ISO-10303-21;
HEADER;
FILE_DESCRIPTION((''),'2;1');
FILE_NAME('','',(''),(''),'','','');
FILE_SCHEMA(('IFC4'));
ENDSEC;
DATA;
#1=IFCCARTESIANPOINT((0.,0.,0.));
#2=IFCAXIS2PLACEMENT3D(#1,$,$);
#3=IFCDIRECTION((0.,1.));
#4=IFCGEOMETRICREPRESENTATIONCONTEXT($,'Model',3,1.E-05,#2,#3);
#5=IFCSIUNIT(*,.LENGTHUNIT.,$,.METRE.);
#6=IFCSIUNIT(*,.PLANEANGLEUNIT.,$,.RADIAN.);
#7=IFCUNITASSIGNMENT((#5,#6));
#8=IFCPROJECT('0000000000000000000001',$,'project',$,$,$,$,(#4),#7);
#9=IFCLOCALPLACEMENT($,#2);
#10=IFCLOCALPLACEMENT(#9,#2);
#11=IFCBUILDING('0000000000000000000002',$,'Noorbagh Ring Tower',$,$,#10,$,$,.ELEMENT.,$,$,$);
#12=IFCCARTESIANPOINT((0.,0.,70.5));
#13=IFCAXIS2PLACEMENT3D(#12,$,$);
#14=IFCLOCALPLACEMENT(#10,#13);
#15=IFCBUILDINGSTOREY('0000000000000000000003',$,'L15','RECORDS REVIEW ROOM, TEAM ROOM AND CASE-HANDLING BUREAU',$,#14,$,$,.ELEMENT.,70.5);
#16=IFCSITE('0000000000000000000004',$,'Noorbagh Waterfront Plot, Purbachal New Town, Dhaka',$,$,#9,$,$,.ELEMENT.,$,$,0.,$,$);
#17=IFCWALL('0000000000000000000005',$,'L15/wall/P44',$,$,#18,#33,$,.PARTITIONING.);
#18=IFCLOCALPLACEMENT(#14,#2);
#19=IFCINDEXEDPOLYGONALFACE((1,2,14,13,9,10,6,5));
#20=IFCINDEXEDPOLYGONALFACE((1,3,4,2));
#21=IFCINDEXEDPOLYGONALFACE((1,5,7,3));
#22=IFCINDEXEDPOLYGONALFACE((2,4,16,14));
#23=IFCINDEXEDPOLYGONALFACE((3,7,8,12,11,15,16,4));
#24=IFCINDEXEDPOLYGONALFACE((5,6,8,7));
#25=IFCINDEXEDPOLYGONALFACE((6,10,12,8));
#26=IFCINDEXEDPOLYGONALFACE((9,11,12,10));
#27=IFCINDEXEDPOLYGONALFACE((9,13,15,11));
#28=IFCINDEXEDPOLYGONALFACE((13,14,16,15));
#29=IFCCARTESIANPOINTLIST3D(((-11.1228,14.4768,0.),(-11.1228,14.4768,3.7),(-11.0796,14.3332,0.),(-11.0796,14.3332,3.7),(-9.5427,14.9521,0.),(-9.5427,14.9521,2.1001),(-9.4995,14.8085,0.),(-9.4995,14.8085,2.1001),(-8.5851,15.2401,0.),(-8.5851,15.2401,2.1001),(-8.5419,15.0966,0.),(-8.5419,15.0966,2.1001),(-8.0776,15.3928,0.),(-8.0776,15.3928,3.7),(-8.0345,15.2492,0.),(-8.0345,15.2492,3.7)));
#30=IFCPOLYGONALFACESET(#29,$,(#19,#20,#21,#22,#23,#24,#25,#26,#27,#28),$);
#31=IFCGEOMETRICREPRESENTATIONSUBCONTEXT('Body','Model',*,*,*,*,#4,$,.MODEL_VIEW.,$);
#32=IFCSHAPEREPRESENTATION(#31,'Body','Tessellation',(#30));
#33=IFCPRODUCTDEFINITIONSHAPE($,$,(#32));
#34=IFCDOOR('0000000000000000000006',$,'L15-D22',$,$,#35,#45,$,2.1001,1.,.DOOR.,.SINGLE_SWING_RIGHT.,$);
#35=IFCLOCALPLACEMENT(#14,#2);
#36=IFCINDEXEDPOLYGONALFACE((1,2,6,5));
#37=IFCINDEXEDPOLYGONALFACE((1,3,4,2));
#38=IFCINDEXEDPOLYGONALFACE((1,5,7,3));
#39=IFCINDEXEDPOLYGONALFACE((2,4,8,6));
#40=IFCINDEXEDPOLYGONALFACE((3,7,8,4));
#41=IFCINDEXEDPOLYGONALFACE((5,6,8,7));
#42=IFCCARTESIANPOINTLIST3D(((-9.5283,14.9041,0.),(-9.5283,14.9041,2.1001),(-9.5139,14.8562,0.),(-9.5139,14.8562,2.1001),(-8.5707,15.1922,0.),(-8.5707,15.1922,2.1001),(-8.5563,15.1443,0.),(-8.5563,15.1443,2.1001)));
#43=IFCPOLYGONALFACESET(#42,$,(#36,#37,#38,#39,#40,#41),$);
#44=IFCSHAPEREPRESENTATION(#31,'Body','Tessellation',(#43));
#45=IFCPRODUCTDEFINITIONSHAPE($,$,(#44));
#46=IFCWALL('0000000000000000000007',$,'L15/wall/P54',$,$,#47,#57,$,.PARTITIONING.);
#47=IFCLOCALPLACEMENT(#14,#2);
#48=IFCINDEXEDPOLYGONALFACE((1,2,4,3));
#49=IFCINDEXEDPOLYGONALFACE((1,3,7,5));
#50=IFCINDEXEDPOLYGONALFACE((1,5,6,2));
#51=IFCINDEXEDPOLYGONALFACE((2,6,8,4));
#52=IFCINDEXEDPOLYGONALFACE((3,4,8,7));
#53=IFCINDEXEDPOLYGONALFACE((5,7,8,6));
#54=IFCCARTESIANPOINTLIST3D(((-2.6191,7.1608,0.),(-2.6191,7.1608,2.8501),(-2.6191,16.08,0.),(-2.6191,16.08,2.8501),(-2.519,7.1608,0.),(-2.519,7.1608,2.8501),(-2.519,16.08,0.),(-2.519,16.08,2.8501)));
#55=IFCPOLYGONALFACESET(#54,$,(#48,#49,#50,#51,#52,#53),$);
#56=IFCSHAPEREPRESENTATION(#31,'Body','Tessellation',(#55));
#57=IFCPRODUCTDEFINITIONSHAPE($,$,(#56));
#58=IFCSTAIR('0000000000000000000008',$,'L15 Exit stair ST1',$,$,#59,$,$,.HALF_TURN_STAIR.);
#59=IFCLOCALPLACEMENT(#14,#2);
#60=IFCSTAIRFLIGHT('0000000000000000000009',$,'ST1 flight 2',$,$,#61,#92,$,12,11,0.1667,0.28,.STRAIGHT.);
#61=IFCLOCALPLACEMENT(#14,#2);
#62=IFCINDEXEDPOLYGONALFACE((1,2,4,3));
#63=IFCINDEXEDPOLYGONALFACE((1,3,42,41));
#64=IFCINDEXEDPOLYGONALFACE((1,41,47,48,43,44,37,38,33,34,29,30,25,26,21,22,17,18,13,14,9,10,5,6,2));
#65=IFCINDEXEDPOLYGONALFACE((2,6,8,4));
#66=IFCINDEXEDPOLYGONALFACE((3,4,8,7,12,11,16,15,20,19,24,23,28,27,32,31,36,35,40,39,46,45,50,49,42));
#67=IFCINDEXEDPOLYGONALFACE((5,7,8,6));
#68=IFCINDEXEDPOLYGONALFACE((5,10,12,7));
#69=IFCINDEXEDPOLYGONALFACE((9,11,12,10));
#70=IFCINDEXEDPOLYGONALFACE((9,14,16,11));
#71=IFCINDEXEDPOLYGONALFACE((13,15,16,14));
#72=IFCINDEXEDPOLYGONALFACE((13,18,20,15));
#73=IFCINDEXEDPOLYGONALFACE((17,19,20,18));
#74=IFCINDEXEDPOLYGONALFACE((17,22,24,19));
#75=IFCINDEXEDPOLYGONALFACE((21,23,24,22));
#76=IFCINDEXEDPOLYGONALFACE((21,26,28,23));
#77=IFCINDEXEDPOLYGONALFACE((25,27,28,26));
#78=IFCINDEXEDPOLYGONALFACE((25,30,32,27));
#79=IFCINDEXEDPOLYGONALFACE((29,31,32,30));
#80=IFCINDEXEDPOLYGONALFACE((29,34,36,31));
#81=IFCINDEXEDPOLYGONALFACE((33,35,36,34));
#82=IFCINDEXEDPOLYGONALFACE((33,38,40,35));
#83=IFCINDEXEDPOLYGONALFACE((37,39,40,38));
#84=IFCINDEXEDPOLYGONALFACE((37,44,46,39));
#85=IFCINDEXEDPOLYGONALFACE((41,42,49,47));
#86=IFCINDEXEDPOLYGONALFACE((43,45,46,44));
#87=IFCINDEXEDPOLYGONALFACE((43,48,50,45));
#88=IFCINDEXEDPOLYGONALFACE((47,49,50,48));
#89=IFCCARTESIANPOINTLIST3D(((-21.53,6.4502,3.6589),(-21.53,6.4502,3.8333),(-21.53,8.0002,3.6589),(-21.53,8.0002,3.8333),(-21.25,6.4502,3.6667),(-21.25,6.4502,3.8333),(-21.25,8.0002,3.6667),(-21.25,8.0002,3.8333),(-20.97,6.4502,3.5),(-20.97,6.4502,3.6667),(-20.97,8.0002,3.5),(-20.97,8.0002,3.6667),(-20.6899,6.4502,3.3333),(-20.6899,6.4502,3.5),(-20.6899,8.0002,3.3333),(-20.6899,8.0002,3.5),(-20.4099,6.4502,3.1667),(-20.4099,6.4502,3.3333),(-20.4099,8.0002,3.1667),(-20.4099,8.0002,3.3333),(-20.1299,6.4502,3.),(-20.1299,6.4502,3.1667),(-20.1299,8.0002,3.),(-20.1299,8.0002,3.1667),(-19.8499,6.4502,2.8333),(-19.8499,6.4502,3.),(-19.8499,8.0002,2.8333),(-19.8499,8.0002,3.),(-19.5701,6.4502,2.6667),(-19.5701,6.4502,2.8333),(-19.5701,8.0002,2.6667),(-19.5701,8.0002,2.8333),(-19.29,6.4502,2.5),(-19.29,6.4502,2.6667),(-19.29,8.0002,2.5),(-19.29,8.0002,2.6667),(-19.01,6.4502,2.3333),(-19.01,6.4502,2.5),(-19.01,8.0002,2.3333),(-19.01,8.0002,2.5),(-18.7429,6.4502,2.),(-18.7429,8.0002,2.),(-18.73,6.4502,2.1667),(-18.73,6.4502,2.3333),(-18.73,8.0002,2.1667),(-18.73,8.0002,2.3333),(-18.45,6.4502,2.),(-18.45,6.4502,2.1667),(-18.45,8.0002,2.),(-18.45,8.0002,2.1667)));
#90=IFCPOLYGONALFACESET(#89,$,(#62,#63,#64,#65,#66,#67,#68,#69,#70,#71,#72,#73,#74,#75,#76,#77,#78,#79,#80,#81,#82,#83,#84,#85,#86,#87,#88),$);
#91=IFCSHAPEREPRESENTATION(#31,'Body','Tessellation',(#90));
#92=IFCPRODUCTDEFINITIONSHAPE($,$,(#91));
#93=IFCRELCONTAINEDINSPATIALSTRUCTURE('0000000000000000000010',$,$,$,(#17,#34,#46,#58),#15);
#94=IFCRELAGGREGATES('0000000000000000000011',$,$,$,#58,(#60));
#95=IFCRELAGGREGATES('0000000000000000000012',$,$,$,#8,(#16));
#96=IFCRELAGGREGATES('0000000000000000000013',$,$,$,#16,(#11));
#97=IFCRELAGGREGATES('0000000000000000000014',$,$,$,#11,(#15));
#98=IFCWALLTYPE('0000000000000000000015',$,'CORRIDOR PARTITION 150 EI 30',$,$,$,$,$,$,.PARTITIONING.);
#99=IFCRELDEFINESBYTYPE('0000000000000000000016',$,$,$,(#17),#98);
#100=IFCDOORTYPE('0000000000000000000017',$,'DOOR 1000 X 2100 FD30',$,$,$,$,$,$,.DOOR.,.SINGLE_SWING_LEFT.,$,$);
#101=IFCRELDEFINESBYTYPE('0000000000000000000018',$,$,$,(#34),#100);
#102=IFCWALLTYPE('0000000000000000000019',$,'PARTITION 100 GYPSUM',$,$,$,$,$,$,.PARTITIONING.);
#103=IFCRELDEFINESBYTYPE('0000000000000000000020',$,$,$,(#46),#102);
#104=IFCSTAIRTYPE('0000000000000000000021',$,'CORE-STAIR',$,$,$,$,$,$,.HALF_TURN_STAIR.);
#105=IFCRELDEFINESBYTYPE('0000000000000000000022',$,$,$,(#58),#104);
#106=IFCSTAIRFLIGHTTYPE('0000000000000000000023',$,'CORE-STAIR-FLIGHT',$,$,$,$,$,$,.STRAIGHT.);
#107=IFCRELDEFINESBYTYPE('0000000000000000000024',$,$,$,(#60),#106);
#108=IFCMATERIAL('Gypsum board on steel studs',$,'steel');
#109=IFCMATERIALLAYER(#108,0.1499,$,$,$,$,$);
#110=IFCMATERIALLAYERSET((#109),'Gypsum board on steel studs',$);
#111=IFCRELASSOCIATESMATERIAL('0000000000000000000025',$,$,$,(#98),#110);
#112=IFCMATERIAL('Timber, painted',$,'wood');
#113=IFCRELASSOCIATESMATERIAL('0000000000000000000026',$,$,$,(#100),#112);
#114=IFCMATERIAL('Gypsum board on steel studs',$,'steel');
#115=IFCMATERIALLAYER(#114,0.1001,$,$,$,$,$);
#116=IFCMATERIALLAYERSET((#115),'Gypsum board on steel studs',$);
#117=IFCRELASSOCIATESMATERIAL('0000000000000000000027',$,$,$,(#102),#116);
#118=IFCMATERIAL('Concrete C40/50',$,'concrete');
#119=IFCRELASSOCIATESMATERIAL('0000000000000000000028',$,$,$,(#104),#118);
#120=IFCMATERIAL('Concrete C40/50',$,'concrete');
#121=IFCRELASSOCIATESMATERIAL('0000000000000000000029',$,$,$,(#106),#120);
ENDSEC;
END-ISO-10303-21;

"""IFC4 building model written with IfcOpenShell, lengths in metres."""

from ifc_helpers import new_model, si_unit, direction, frame, frame_2d, origin, place, context, subcontext, project, spatial, polyline, rectangle, outline, extrude, material, layer, layer_set, type_object, element, fill, aggregate, save


model = new_model("IFC4")

# Units and contexts
model_context = context("Model", 3, precision=1e-05, world=origin(), true_north=direction((0.0, 1.0)))
body_context = subcontext(model_context, "Body", "Model", "MODEL_VIEW")
ifc_project = project(units=[si_unit("LENGTHUNIT", "METRE"), si_unit("PLANEANGLEUNIT", "RADIAN")], contexts=[model_context])

# Site, building, storey
site_placement = place(None, origin())
site = spatial("IfcSite", under=ifc_project, at=site_placement, Name="Noorbagh Waterfront Plot, Purbachal New Town, Dhaka", CompositionType="ELEMENT", RefElevation=0.0)
building_placement = place(site_placement, origin())
building = spatial("IfcBuilding", under=site, at=building_placement, Name="Noorbagh Ring Tower", CompositionType="ELEMENT")
storey_placement = place(building_placement, frame((0.0, 0.0, 70.5)))
storey = spatial("IfcBuildingStorey", under=building, at=storey_placement, Name="L15", Description="RECORDS REVIEW ROOM, TEAM ROOM AND CASE-HANDLING BUREAU", CompositionType="ELEMENT", Elevation=70.5)

# Shared definitions
ifc_material_1 = material(Name="Gypsum board on steel studs", Category="steel")
ifc_layer_1 = layer(ifc_material_1, 0.1499)
ifc_layer_set_1 = layer_set([ifc_layer_1], Name="Gypsum board on steel studs")
wall_type_1 = type_object("IfcWallType", Name="CORRIDOR PARTITION 150 EI 30", PredefinedType="PARTITIONING", material=ifc_layer_set_1)

# Wall, opening, door
wall_1_placement = place(storey_placement, frame((-11.1011, 14.405, 0.0), z_axis=(0.0, 0.0, 1.0), x_axis=(0.957613, 0.288059, 0.0)))
wall_1 = element("IfcWall", 1, at=wall_1_placement, inside=storey, type_object=wall_type_1, Name="L15/wall/P44", PredefinedType="PARTITIONING", context=body_context, shape_type="SweptSolid", body=[
    extrude(rectangle(XDim=3.1799, YDim=0.1499, at=frame_2d((1.5898, 0.0))), origin(), (0.0, 0.0, 1.0), 3.7),
])
opening_1_placement = place(wall_1_placement, frame((1.6499, 0.0, 0.0)))
opening_1 = element("IfcOpeningElement", 2, at=opening_1_placement, cuts=wall_1, PredefinedType="OPENING", context=body_context, shape_type="SweptSolid", body=[
    extrude(rectangle(XDim=1.0, YDim=2.1001, at=frame_2d((0.5, 1.05))), frame((0.0, 0.085, 0.0), z_axis=(0.0, -1.0, 0.0), x_axis=(1.0, 0.0, 0.0)), (0.0, 0.0, 1.0), 0.1699),
])
ifc_material_2 = material(Name="Timber, painted", Category="wood")
door_type_1 = type_object("IfcDoorType", Name="DOOR 1000 X 2100 FD30", OperationType="SINGLE_SWING_LEFT", PredefinedType="DOOR", material=ifc_material_2)
door_1_placement = place(opening_1_placement, origin())
door_1 = element("IfcDoor", 3, at=door_1_placement, inside=storey, type_object=door_type_1, Name="L15-D22", OperationType="SINGLE_SWING_RIGHT", OverallHeight=2.1001, OverallWidth=1.0, PredefinedType="DOOR", context=body_context, shape_type="SweptSolid", body=[
    extrude(rectangle(XDim=1.0, YDim=2.1001, at=frame_2d((0.5, 1.05))), frame((0.0, 0.0249, 0.0), z_axis=(0.0, -1.0, 0.0), x_axis=(1.0, 0.0, 0.0)), (0.0, 0.0, 1.0), 0.05),
])
fill(opening_1, door_1)

# Wall
ifc_material_3 = material(Name="Gypsum board on steel studs", Category="steel")
ifc_layer_2 = layer(ifc_material_3, 0.1001)
ifc_layer_set_2 = layer_set([ifc_layer_2], Name="Gypsum board on steel studs")
wall_type_2 = type_object("IfcWallType", Name="PARTITION 100 GYPSUM", PredefinedType="PARTITIONING", material=ifc_layer_set_2)
wall_2_placement = place(storey_placement, frame((-2.5691, 7.1609, 0.0), z_axis=(0.0, 0.0, 1.0), x_axis=(0.0, 1.0, 0.0)))
element("IfcWall", 4, at=wall_2_placement, inside=storey, type_object=wall_type_2, Name="L15/wall/P54", PredefinedType="PARTITIONING", context=body_context, shape_type="SweptSolid", body=[
    extrude(rectangle(XDim=8.9192, YDim=0.1001, at=frame_2d((4.4595, 0.0))), origin(), (0.0, 0.0, 1.0), 2.8501),
])

# Stair, stair flight
ifc_material_4 = material(Name="Concrete C40/50", Category="concrete")
stair_type = type_object("IfcStairType", Name="CORE-STAIR", PredefinedType="HALF_TURN_STAIR", material=ifc_material_4)
stair_placement = place(storey_placement, origin())
stair = element("IfcStair", 5, at=stair_placement, inside=storey, type_object=stair_type, Name="L15 Exit stair ST1", PredefinedType="HALF_TURN_STAIR")
ifc_material_5 = material(Name="Concrete C40/50", Category="concrete")
stair_flight_type = type_object("IfcStairFlightType", Name="CORE-STAIR-FLIGHT", PredefinedType="STRAIGHT", material=ifc_material_5)
stair_flight_placement = place(storey_placement, frame((-18.45, 7.2251, 2.0), z_axis=(0.0, 0.0, 1.0), x_axis=(-1.0, 0.0, 0.0)))
stair_flight = element("IfcStairFlight", 6, at=stair_flight_placement, type_object=stair_flight_type, Name="ST1 flight 2", NumberOfRisers=12, NumberOfTreads=11, PredefinedType="STRAIGHT", RiserHeight=0.1667, TreadLength=0.28, context=body_context, shape_type="SweptSolid", body=[
    extrude(outline(polyline([(0.0, 0.0), (0.0, 0.1667), (0.28, 0.1667), (0.28, 0.3333), (0.5601, 0.3333), (0.5601, 0.5), (0.8401, 0.5), (0.8401, 0.6667), (1.1201, 0.6667), (1.1201, 0.8333), (1.3999, 0.8333), (1.3999, 1.0), (1.6799, 1.0), (1.6799, 1.1667), (1.96, 1.1667), (1.96, 1.3333), (2.24, 1.3333), (2.24, 1.5), (2.52, 1.5), (2.52, 1.6667), (2.8, 1.6667), (2.8, 1.8333), (3.0801, 1.8333), (3.0801, 2.0), (3.0801, 1.6589), (0.293, 0.0), (0.0, 0.0)])), frame((0.0, 0.7749, 0.0), z_axis=(0.0, -1.0, 0.0), x_axis=(1.0, 0.0, 0.0)), (0.0, 0.0, 1.0), 1.55),
])
aggregate(stair, [stair_flight])

save(model, "model.ifc")
